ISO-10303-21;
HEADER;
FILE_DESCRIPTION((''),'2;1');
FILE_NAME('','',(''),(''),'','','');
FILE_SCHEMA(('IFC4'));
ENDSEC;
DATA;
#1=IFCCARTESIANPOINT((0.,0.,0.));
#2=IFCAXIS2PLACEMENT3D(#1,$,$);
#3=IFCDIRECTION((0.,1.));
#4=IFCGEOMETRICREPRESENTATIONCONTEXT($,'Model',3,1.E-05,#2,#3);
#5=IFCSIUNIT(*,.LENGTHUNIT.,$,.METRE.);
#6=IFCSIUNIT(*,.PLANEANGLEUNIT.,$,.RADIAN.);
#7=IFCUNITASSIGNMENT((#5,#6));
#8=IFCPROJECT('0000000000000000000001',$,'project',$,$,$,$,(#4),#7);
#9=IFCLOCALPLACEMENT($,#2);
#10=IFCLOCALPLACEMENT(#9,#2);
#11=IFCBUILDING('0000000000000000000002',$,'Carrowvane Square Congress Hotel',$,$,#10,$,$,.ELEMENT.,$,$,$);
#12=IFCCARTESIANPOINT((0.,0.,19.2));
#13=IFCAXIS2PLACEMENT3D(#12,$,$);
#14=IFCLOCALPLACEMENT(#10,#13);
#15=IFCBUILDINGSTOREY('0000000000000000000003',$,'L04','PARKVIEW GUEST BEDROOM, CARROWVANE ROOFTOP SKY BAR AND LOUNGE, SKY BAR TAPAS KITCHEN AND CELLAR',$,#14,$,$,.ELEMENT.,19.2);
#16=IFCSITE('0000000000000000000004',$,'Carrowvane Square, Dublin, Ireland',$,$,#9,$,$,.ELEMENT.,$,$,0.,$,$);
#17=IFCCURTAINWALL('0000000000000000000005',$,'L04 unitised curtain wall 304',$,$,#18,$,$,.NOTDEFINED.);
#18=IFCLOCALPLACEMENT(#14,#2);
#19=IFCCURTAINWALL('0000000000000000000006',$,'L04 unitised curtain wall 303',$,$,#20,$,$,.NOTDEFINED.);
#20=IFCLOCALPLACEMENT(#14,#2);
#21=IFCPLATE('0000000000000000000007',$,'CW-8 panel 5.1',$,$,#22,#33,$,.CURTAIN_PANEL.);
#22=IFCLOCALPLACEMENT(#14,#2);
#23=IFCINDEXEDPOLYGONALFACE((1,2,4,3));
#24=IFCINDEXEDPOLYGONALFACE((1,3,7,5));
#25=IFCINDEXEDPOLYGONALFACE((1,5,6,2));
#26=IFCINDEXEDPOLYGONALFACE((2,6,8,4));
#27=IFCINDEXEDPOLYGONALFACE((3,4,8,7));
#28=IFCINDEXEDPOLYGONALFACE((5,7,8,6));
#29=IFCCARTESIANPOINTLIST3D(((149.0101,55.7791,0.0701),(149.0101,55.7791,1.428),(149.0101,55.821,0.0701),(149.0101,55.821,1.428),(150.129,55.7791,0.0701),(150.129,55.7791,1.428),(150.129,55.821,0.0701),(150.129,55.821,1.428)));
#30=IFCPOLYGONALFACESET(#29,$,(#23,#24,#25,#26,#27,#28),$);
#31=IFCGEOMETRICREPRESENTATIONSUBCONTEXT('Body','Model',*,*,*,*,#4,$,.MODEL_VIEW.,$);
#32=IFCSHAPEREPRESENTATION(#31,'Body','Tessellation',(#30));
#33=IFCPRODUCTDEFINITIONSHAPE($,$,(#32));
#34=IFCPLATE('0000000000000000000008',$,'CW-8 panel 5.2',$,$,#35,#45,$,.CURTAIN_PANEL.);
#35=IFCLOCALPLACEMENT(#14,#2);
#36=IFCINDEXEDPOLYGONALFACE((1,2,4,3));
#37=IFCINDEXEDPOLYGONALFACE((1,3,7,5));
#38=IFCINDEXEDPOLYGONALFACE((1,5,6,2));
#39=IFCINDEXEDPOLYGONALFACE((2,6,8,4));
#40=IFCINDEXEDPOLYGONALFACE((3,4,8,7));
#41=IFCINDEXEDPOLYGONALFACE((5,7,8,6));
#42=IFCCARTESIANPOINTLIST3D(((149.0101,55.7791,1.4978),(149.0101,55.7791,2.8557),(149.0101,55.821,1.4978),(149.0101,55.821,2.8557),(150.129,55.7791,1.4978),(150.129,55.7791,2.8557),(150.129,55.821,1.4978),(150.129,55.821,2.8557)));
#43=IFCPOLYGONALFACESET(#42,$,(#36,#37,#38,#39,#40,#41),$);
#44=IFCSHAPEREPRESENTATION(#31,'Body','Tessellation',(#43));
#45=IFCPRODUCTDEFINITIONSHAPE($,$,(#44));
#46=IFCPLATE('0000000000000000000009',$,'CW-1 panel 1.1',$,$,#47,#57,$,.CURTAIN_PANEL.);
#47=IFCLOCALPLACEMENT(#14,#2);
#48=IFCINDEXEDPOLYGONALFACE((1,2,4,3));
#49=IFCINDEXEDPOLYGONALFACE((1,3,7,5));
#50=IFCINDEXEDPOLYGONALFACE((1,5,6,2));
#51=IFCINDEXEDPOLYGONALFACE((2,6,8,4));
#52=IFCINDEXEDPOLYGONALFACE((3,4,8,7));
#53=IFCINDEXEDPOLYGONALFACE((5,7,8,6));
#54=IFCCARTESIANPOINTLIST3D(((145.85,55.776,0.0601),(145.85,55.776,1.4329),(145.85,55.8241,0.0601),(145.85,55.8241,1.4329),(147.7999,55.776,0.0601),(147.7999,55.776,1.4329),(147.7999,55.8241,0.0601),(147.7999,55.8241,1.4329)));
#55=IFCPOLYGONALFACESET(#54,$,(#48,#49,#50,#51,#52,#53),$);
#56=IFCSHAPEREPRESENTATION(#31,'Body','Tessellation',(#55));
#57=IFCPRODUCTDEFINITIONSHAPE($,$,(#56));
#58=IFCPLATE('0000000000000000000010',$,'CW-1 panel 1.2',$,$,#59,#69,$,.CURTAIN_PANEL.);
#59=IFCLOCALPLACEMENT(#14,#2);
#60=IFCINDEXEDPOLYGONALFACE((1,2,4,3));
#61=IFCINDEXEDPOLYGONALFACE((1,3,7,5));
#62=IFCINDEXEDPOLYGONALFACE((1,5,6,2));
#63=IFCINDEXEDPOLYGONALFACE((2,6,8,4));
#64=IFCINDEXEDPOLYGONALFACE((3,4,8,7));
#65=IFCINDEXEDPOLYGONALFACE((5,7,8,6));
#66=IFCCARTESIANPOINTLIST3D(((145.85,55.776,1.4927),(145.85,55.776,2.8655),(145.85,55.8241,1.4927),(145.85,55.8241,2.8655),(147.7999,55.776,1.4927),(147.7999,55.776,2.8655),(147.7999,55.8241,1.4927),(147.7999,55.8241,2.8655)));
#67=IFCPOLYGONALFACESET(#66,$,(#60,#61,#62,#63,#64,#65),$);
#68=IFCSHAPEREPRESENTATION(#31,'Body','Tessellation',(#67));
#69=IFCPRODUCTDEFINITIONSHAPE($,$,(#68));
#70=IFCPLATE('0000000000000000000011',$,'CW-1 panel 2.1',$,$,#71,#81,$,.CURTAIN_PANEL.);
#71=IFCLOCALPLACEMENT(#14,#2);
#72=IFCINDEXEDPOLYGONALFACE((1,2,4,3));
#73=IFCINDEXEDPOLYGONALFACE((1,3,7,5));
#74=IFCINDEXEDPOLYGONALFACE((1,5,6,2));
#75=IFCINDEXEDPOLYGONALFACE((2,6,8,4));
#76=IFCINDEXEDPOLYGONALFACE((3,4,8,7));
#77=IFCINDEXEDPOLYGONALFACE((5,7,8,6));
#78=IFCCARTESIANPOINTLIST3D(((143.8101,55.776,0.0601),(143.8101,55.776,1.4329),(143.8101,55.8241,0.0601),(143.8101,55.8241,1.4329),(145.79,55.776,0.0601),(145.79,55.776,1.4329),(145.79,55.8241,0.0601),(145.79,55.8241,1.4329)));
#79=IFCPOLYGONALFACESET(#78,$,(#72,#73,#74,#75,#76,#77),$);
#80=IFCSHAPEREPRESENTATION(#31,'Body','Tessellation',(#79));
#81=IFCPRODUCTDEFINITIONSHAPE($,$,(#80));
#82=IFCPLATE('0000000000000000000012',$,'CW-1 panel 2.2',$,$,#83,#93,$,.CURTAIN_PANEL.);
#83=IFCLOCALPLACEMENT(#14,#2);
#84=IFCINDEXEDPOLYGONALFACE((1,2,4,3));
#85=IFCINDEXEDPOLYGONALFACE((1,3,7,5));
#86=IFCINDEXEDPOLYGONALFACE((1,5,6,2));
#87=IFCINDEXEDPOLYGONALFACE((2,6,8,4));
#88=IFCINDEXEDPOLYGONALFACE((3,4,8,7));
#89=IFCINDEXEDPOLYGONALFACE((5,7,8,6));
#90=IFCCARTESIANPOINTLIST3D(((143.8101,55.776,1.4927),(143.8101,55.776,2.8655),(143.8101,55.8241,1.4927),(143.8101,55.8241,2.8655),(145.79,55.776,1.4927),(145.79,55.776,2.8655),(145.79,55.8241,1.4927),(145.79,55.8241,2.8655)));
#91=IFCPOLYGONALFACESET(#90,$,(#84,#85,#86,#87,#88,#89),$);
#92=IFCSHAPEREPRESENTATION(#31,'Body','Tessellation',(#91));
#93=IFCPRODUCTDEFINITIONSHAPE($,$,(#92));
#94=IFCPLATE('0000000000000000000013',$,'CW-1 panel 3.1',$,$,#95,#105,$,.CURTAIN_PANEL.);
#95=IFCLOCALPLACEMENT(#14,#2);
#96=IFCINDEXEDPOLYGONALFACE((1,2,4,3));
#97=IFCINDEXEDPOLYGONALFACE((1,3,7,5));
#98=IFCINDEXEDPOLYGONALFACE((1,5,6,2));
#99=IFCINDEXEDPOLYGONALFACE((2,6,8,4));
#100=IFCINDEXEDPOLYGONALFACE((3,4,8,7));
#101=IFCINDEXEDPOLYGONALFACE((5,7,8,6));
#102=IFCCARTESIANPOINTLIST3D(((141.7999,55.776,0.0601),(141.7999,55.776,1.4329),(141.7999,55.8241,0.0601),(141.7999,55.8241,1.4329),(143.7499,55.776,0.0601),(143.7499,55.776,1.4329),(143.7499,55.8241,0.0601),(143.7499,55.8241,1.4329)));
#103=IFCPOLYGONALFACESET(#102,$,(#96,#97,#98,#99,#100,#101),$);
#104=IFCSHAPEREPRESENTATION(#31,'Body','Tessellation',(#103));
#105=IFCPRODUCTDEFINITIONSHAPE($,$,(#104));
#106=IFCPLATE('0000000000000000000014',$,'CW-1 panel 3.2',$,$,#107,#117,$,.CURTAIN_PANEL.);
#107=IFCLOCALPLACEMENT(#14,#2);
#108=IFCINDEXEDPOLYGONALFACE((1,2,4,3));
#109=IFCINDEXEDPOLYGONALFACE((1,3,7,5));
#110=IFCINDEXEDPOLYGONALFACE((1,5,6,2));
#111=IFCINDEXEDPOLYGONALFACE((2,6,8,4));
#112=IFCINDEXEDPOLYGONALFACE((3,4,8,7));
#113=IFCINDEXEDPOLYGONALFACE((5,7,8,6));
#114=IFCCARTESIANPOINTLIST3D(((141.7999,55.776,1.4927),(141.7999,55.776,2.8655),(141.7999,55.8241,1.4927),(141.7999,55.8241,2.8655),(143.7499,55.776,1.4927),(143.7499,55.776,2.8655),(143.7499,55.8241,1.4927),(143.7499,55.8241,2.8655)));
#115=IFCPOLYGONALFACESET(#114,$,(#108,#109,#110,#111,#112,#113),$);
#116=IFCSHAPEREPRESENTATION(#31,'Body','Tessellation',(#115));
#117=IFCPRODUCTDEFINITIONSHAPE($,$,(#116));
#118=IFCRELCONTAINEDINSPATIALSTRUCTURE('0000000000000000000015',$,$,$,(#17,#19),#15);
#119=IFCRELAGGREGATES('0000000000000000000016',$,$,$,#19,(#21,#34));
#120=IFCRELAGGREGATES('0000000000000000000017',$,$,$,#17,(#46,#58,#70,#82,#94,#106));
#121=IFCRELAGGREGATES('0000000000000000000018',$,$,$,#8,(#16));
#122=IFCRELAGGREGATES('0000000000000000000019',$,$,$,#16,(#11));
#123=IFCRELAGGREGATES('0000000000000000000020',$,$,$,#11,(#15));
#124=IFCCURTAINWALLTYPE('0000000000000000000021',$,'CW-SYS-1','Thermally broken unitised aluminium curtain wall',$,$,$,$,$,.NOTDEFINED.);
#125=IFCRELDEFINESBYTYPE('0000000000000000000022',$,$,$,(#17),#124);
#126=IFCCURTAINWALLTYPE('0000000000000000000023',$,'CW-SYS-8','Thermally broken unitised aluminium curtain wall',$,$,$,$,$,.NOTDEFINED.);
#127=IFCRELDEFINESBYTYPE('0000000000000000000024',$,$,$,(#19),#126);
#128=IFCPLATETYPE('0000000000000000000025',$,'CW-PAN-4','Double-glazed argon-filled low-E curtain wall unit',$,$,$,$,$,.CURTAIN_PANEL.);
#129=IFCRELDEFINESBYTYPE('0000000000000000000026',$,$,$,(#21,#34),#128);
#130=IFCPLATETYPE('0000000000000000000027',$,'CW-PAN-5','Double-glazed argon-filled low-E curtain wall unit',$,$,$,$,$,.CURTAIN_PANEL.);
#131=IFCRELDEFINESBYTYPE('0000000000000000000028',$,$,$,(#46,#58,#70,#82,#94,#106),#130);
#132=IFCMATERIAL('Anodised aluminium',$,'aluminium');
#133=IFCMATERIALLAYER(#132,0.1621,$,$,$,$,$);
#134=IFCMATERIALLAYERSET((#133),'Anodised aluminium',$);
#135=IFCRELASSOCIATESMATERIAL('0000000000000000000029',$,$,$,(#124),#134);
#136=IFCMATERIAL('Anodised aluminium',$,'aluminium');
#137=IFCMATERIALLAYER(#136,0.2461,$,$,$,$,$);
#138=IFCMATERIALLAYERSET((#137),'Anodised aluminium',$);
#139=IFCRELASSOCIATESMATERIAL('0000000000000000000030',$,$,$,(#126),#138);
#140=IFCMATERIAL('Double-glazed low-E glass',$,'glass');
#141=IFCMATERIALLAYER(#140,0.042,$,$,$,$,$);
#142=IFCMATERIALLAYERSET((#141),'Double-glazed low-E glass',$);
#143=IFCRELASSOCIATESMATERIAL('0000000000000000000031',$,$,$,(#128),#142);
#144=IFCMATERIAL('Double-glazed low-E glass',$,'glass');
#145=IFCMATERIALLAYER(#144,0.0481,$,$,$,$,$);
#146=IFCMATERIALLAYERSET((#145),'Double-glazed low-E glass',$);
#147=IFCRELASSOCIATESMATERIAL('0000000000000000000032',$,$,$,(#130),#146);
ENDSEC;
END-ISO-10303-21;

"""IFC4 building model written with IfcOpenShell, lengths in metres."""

from ifc_helpers import new_model, si_unit, direction, frame, origin, origin_2d, place, context, subcontext, project, spatial, rectangle, extrude, material, layer, layer_set, type_object, element, aggregate, save


model = new_model("IFC4")

# Units and contexts
model_context = context("Model", 3, precision=1e-05, world=origin(), true_north=direction((0.0, 1.0)))
body_context = subcontext(model_context, "Body", "Model", "MODEL_VIEW")
ifc_project = project(units=[si_unit("LENGTHUNIT", "METRE"), si_unit("PLANEANGLEUNIT", "RADIAN")], contexts=[model_context])

# Site, building, storey
site_placement = place(None, origin())
site = spatial("IfcSite", under=ifc_project, at=site_placement, Name="Carrowvane Square, Dublin, Ireland", CompositionType="ELEMENT", RefElevation=0.0)
building_placement = place(site_placement, origin())
building = spatial("IfcBuilding", under=site, at=building_placement, Name="Carrowvane Square Congress Hotel", CompositionType="ELEMENT")
storey_placement = place(building_placement, frame((0.0, 0.0, 19.2)))
storey = spatial("IfcBuildingStorey", under=building, at=storey_placement, Name="L04", Description="PARKVIEW GUEST BEDROOM, CARROWVANE ROOFTOP SKY BAR AND LOUNGE, SKY BAR TAPAS KITCHEN AND CELLAR", CompositionType="ELEMENT", Elevation=19.2)

# Curtain wall
ifc_material_1 = material(Name="Anodised aluminium", Category="aluminium")
ifc_layer_1 = layer(ifc_material_1, 0.1621)
ifc_layer_set_1 = layer_set([ifc_layer_1], Name="Anodised aluminium")
curtain_wall_type_1 = type_object("IfcCurtainWallType", Name="CW-SYS-1", Description="Thermally broken unitised aluminium curtain wall", PredefinedType="NOTDEFINED", material=ifc_layer_set_1)
curtain_wall_1_placement = place(storey_placement, origin())
curtain_wall_1 = element("IfcCurtainWall", 1, at=curtain_wall_1_placement, inside=storey, type_object=curtain_wall_type_1, Name="L04 unitised curtain wall 304", PredefinedType="NOTDEFINED")

# Curtain wall
ifc_material_2 = material(Name="Anodised aluminium", Category="aluminium")
ifc_layer_2 = layer(ifc_material_2, 0.2461)
ifc_layer_set_2 = layer_set([ifc_layer_2], Name="Anodised aluminium")
curtain_wall_type_2 = type_object("IfcCurtainWallType", Name="CW-SYS-8", Description="Thermally broken unitised aluminium curtain wall", PredefinedType="NOTDEFINED", material=ifc_layer_set_2)
curtain_wall_2_placement = place(storey_placement, origin())
curtain_wall_2 = element("IfcCurtainWall", 2, at=curtain_wall_2_placement, inside=storey, type_object=curtain_wall_type_2, Name="L04 unitised curtain wall 303", PredefinedType="NOTDEFINED")

# Plates
ifc_material_3 = material(Name="Double-glazed low-E glass", Category="glass")
ifc_layer_3 = layer(ifc_material_3, 0.042)
ifc_layer_set_3 = layer_set([ifc_layer_3], Name="Double-glazed low-E glass")
plate_type_1 = type_object("IfcPlateType", Name="CW-PAN-4", Description="Double-glazed argon-filled low-E curtain wall unit", PredefinedType="CURTAIN_PANEL", material=ifc_layer_set_3)
plate_1_placement = place(storey_placement, frame((149.5696, 55.8, 0.0701), z_axis=(0.0, 0.0, 1.0), x_axis=(-1.0, 0.0, 0.0)))
plate_1 = element("IfcPlate", 3, at=plate_1_placement, type_object=plate_type_1, Name="CW-8 panel 5.1", PredefinedType="CURTAIN_PANEL", context=body_context, shape_type="SweptSolid", body=[
    extrude(rectangle(XDim=1.1189, YDim=0.042, at=origin_2d()), origin(), (0.0, 0.0, 1.0), 1.3579),
])
plate_2_placement = place(storey_placement, frame((149.5696, 55.8, 1.4978), z_axis=(0.0, 0.0, 1.0), x_axis=(-1.0, 0.0, 0.0)))
plate_2 = element("IfcPlate", 4, at=plate_2_placement, type_object=plate_type_1, Name="CW-8 panel 5.2", PredefinedType="CURTAIN_PANEL", context=body_context, shape_type="SweptSolid", body=[
    extrude(rectangle(XDim=1.1189, YDim=0.042, at=origin_2d()), origin(), (0.0, 0.0, 1.0), 1.3579),
])
aggregate(curtain_wall_2, [plate_1, plate_2])
ifc_material_4 = material(Name="Double-glazed low-E glass", Category="glass")
ifc_layer_4 = layer(ifc_material_4, 0.0481)
ifc_layer_set_4 = layer_set([ifc_layer_4], Name="Double-glazed low-E glass")
plate_type_2 = type_object("IfcPlateType", Name="CW-PAN-5", Description="Double-glazed argon-filled low-E curtain wall unit", PredefinedType="CURTAIN_PANEL", material=ifc_layer_set_4)
plate_3_placement = place(storey_placement, frame((146.825, 55.8, 0.0601), z_axis=(0.0, 0.0, 1.0), x_axis=(-1.0, 0.0, 0.0)))
plate_3 = element("IfcPlate", 5, at=plate_3_placement, type_object=plate_type_2, Name="CW-1 panel 1.1", PredefinedType="CURTAIN_PANEL", context=body_context, shape_type="SweptSolid", body=[
    extrude(rectangle(XDim=1.95, YDim=0.0481, at=origin_2d()), origin(), (0.0, 0.0, 1.0), 1.3728),
])
plate_4_placement = place(storey_placement, frame((146.825, 55.8, 1.4927), z_axis=(0.0, 0.0, 1.0), x_axis=(-1.0, 0.0, 0.0)))
plate_4 = element("IfcPlate", 6, at=plate_4_placement, type_object=plate_type_2, Name="CW-1 panel 1.2", PredefinedType="CURTAIN_PANEL", context=body_context, shape_type="SweptSolid", body=[
    extrude(rectangle(XDim=1.95, YDim=0.0481, at=origin_2d()), origin(), (0.0, 0.0, 1.0), 1.3728),
])
plate_5_placement = place(storey_placement, frame((144.8, 55.8, 0.0601), z_axis=(0.0, 0.0, 1.0), x_axis=(-1.0, 0.0, 0.0)))
plate_5 = element("IfcPlate", 7, at=plate_5_placement, type_object=plate_type_2, Name="CW-1 panel 2.1", PredefinedType="CURTAIN_PANEL", context=body_context, shape_type="SweptSolid", body=[
    extrude(rectangle(XDim=1.98, YDim=0.0481, at=origin_2d()), origin(), (0.0, 0.0, 1.0), 1.3728),
])
plate_6_placement = place(storey_placement, frame((144.8, 55.8, 1.4927), z_axis=(0.0, 0.0, 1.0), x_axis=(-1.0, 0.0, 0.0)))
plate_6 = element("IfcPlate", 8, at=plate_6_placement, type_object=plate_type_2, Name="CW-1 panel 2.2", PredefinedType="CURTAIN_PANEL", context=body_context, shape_type="SweptSolid", body=[
    extrude(rectangle(XDim=1.98, YDim=0.0481, at=origin_2d()), origin(), (0.0, 0.0, 1.0), 1.3728),
])
plate_7_placement = place(storey_placement, frame((142.7749, 55.8, 0.0601), z_axis=(0.0, 0.0, 1.0), x_axis=(-1.0, 0.0, 0.0)))
plate_7 = element("IfcPlate", 9, at=plate_7_placement, type_object=plate_type_2, Name="CW-1 panel 3.1", PredefinedType="CURTAIN_PANEL", context=body_context, shape_type="SweptSolid", body=[
    extrude(rectangle(XDim=1.95, YDim=0.0481, at=origin_2d()), origin(), (0.0, 0.0, 1.0), 1.3728),
])
plate_8_placement = place(storey_placement, frame((142.7749, 55.8, 1.4927), z_axis=(0.0, 0.0, 1.0), x_axis=(-1.0, 0.0, 0.0)))
plate_8 = element("IfcPlate", 10, at=plate_8_placement, type_object=plate_type_2, Name="CW-1 panel 3.2", PredefinedType="CURTAIN_PANEL", context=body_context, shape_type="SweptSolid", body=[
    extrude(rectangle(XDim=1.95, YDim=0.0481, at=origin_2d()), origin(), (0.0, 0.0, 1.0), 1.3728),
])
aggregate(curtain_wall_1, [plate_3, plate_4, plate_5, plate_6, plate_7, plate_8])

save(model, "model.ifc")
